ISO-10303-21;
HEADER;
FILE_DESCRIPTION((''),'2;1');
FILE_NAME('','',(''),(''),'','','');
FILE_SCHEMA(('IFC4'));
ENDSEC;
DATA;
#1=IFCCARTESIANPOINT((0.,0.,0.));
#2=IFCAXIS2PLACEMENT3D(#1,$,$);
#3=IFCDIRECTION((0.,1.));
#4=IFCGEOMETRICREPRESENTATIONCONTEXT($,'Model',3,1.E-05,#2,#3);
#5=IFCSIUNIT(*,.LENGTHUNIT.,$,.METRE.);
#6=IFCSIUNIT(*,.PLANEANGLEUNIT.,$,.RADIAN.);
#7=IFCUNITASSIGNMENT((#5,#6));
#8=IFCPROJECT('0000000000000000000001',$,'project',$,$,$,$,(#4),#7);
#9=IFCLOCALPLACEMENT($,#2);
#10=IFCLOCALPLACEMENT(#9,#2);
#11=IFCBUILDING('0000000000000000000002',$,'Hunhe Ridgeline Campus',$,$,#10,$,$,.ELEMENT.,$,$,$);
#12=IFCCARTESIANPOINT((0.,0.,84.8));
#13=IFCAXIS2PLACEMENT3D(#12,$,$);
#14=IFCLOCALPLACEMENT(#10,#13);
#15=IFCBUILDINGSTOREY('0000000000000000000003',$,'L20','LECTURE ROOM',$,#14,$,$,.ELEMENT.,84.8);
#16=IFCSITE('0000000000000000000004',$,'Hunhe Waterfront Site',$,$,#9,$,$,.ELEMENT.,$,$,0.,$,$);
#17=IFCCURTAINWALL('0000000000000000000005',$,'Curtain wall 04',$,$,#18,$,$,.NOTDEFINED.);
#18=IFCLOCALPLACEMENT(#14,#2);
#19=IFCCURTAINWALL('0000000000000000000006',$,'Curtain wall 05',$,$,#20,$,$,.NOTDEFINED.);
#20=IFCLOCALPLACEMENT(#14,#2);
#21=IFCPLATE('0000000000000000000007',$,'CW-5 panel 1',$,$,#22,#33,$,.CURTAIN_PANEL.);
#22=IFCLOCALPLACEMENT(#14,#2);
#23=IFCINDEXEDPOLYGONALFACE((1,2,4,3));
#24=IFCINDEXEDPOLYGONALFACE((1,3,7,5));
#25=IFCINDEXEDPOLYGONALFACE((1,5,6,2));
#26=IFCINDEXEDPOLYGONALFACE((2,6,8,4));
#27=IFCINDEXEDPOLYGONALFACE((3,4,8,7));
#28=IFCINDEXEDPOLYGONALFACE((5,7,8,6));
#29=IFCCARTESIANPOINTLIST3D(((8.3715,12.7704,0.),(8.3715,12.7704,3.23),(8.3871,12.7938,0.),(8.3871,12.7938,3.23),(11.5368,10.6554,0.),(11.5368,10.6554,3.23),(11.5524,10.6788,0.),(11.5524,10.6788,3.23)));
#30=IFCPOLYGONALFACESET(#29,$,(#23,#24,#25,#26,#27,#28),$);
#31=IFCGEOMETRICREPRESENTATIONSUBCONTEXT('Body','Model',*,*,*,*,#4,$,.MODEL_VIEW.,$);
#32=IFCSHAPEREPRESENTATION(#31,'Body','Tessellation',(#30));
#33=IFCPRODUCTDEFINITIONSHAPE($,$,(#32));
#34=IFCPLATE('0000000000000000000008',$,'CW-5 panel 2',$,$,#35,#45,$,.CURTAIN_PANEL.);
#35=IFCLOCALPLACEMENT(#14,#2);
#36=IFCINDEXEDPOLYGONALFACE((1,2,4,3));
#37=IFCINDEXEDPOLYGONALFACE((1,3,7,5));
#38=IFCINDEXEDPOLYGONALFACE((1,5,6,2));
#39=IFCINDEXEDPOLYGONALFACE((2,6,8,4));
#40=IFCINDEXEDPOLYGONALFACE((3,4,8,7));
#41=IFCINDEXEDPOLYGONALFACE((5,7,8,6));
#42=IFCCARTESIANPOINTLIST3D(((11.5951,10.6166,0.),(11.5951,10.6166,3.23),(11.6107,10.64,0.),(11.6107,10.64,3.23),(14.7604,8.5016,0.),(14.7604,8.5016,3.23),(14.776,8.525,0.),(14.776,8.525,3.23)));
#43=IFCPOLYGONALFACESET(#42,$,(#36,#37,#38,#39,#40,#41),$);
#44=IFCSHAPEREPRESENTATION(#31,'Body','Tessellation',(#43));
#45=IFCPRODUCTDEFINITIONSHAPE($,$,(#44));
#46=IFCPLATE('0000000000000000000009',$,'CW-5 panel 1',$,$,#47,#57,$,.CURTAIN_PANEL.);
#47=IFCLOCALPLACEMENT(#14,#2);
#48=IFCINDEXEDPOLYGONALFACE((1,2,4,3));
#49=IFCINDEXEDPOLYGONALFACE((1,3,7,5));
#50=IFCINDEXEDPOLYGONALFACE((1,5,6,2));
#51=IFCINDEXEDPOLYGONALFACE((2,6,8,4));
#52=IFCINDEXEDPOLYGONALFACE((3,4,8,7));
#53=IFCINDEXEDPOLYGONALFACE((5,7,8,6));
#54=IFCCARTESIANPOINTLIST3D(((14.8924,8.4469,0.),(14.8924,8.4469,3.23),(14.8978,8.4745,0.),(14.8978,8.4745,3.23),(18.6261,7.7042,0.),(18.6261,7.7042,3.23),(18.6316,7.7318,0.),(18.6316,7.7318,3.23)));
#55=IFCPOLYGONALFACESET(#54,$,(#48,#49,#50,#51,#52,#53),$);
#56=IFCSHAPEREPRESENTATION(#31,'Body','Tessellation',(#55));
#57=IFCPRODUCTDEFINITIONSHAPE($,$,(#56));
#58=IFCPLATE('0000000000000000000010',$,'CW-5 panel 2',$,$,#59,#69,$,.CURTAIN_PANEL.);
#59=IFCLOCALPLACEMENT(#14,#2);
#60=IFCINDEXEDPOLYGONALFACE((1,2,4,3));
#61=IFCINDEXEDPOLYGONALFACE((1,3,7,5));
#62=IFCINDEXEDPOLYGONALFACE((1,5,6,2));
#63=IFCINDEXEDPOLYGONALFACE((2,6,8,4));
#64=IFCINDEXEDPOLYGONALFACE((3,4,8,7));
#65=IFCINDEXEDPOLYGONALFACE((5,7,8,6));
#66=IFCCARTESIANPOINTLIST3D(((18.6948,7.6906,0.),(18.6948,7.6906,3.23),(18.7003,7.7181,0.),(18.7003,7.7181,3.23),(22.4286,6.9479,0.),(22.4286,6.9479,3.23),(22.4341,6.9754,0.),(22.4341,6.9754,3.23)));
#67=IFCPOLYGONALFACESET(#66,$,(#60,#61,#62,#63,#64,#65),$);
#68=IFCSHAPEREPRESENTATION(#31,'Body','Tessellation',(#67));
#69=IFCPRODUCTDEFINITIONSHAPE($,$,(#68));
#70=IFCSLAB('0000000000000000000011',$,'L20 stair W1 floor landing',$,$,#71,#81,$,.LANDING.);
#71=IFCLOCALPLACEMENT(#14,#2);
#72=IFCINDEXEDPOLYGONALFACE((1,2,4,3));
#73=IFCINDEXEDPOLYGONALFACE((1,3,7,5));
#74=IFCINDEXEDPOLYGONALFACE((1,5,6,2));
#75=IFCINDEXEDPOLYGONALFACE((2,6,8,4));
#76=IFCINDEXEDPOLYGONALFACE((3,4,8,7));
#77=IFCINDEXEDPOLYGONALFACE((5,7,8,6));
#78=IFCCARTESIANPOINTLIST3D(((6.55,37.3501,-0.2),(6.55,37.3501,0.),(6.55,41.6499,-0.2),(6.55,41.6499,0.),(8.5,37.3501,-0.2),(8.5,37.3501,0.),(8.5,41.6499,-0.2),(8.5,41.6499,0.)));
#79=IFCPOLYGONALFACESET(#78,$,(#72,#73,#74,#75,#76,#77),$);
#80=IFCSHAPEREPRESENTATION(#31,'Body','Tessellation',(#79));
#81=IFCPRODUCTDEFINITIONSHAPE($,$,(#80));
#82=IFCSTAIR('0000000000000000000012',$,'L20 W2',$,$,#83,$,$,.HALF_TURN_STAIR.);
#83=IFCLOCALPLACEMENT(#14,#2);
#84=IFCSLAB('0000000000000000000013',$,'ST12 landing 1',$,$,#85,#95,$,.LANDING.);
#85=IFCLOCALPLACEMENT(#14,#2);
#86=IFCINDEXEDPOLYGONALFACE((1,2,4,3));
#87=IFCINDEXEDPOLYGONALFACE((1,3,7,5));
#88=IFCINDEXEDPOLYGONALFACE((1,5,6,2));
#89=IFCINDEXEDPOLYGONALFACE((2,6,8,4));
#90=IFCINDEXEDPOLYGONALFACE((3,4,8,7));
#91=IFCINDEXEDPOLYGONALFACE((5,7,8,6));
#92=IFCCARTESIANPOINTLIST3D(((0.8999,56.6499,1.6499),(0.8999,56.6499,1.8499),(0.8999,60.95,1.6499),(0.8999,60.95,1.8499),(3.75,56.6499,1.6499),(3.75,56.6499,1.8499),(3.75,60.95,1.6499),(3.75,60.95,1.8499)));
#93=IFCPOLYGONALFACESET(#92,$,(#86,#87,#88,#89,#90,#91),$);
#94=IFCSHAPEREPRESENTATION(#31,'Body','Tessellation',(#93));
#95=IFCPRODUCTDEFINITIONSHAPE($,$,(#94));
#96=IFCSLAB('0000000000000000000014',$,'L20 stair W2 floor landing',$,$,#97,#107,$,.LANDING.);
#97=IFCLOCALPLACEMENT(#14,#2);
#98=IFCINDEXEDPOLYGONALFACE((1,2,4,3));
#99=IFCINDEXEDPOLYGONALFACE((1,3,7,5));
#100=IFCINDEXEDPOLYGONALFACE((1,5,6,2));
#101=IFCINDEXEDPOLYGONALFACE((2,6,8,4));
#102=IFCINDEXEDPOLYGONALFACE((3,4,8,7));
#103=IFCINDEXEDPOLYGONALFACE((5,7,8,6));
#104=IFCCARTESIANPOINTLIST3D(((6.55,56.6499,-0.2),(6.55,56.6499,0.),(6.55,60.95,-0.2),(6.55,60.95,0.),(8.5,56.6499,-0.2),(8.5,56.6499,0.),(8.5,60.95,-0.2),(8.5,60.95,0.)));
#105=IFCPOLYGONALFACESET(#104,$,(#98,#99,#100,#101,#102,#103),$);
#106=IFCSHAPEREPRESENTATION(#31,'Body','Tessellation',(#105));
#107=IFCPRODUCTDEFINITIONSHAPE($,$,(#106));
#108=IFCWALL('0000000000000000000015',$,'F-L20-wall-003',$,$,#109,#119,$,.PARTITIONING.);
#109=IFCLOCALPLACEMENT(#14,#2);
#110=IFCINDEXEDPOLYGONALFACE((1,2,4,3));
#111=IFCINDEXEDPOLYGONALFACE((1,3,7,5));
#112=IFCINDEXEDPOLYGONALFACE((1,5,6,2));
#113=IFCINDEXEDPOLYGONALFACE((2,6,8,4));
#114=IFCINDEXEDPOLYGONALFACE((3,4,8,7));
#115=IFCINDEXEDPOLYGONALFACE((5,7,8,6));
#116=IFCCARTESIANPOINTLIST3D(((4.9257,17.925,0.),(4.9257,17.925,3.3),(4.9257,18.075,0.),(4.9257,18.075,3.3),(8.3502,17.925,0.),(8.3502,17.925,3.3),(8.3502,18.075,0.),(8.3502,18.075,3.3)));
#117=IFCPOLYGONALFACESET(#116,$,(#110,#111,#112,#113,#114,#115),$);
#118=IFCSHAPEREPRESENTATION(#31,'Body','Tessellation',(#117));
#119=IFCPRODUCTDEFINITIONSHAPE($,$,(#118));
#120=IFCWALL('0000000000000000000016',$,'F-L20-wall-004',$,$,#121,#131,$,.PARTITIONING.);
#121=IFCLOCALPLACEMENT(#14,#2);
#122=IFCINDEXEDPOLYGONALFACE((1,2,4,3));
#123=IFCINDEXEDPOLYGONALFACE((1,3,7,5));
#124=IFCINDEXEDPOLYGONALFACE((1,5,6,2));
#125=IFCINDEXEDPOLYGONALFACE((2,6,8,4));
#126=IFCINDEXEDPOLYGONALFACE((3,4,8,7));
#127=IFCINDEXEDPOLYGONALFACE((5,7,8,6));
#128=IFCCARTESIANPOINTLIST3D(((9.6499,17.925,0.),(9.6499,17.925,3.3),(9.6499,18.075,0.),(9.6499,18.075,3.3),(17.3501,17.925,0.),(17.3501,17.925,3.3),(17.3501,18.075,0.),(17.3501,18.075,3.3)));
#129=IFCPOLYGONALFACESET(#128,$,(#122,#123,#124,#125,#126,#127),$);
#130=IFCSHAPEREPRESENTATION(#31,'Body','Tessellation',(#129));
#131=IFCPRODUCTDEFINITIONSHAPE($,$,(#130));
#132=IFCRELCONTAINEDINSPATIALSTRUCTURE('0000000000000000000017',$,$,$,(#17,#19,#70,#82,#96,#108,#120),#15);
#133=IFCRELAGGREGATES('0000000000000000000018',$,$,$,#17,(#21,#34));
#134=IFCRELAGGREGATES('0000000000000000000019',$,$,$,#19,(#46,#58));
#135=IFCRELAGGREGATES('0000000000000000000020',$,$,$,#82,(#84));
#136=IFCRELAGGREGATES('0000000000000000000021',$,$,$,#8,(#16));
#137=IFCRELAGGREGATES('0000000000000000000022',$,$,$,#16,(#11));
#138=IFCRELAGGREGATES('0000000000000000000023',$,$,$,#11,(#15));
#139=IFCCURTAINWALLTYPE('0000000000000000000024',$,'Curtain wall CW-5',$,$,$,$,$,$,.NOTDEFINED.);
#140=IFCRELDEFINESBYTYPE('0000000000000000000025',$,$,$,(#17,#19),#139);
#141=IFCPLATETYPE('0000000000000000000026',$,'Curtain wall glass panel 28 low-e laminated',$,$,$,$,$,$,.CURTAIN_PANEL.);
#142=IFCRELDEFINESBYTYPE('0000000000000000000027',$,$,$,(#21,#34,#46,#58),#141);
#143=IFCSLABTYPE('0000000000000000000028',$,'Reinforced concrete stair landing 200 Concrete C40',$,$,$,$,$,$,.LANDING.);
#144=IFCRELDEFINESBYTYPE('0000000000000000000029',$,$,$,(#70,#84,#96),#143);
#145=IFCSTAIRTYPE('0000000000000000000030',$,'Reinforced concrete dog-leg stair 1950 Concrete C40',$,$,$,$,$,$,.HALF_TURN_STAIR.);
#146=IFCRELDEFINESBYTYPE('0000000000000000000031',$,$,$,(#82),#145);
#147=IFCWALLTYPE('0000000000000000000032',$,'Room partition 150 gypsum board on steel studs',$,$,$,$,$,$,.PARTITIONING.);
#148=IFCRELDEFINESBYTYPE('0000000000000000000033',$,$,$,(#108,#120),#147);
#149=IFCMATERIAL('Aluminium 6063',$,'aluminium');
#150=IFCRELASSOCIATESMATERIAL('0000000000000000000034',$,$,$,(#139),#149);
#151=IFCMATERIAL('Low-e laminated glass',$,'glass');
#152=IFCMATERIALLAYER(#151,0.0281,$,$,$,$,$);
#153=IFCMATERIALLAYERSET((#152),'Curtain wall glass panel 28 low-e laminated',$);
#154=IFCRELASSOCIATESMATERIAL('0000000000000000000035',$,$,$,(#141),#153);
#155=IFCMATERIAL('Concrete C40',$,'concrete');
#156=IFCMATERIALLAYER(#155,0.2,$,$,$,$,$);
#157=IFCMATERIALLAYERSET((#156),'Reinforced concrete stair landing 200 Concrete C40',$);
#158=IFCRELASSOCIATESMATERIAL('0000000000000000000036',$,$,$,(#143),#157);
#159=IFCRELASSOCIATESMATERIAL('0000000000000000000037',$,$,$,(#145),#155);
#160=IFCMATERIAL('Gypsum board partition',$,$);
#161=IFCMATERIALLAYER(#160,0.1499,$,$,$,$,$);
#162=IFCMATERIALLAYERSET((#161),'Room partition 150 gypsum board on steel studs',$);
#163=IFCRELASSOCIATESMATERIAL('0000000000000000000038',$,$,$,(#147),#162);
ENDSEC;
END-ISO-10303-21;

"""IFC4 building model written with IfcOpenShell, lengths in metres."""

from ifc_helpers import new_model, si_unit, direction, frame, frame_2d, origin, origin_2d, place, context, subcontext, project, spatial, polyline, rectangle, outline, extrude, material, layer, layer_set, type_object, element, aggregate, save


model = new_model("IFC4")

# Units and contexts
model_context = context("Model", 3, precision=1e-05, world=origin(), true_north=direction((0.0, 1.0)))
body_context = subcontext(model_context, "Body", "Model", "MODEL_VIEW")
ifc_project = project(units=[si_unit("LENGTHUNIT", "METRE"), si_unit("PLANEANGLEUNIT", "RADIAN")], contexts=[model_context])

# Site, building, storey
site_placement = place(None, origin())
site = spatial("IfcSite", under=ifc_project, at=site_placement, Name="Hunhe Waterfront Site", CompositionType="ELEMENT", RefElevation=0.0)
building_placement = place(site_placement, origin())
building = spatial("IfcBuilding", under=site, at=building_placement, Name="Hunhe Ridgeline Campus", CompositionType="ELEMENT")
storey_placement = place(building_placement, frame((0.0, 0.0, 84.8)))
storey = spatial("IfcBuildingStorey", under=building, at=storey_placement, Name="L20", Description="LECTURE ROOM", CompositionType="ELEMENT", Elevation=84.8)

# Curtain walls
ifc_material_1 = material(Name="Aluminium 6063", Category="aluminium")
curtain_wall_type = type_object("IfcCurtainWallType", Name="Curtain wall CW-5", PredefinedType="NOTDEFINED", material=ifc_material_1)
curtain_wall_1_placement = place(storey_placement, origin())
curtain_wall_1 = element("IfcCurtainWall", 1, at=curtain_wall_1_placement, inside=storey, type_object=curtain_wall_type, Name="Curtain wall 04", PredefinedType="NOTDEFINED")
curtain_wall_2_placement = place(storey_placement, origin())
curtain_wall_2 = element("IfcCurtainWall", 2, at=curtain_wall_2_placement, inside=storey, type_object=curtain_wall_type, Name="Curtain wall 05", PredefinedType="NOTDEFINED")

# Plates
ifc_material_2 = material(Name="Low-e laminated glass", Category="glass")
ifc_layer_1 = layer(ifc_material_2, 0.0281)
ifc_layer_set_1 = layer_set([ifc_layer_1], Name="Curtain wall glass panel 28 low-e laminated")
plate_type = type_object("IfcPlateType", Name="Curtain wall glass panel 28 low-e laminated", PredefinedType="CURTAIN_PANEL", material=ifc_layer_set_1)
plate_1_placement = place(storey_placement, frame((9.9619, 11.7246, 0.0), z_axis=(0.0, 0.0, 1.0), x_axis=(0.83147, -0.55557, 0.0)))
plate_1 = element("IfcPlate", 3, at=plate_1_placement, type_object=plate_type, Name="CW-5 panel 1", PredefinedType="CURTAIN_PANEL", context=body_context, shape_type="SweptSolid", body=[
    extrude(rectangle(XDim=3.8069, YDim=0.0281, at=origin_2d()), origin(), (0.0, 0.0, 1.0), 3.23),
])
plate_2_placement = place(storey_placement, frame((13.1855, 9.5708, 0.0), z_axis=(0.0, 0.0, 1.0), x_axis=(0.83147, -0.55557, 0.0)))
plate_2 = element("IfcPlate", 4, at=plate_2_placement, type_object=plate_type, Name="CW-5 panel 2", PredefinedType="CURTAIN_PANEL", context=body_context, shape_type="SweptSolid", body=[
    extrude(rectangle(XDim=3.8069, YDim=0.0281, at=origin_2d()), origin(), (0.0, 0.0, 1.0), 3.23),
])
aggregate(curtain_wall_1, [plate_1, plate_2])
plate_3_placement = place(storey_placement, frame((16.762, 8.0894, 0.0), z_axis=(0.0, 0.0, 1.0), x_axis=(0.980785, -0.19509, 0.0)))
plate_3 = element("IfcPlate", 5, at=plate_3_placement, type_object=plate_type, Name="CW-5 panel 1", PredefinedType="CURTAIN_PANEL", context=body_context, shape_type="SweptSolid", body=[
    extrude(rectangle(XDim=3.8069, YDim=0.0281, at=origin_2d()), origin(), (0.0, 0.0, 1.0), 3.23),
])
plate_4_placement = place(storey_placement, frame((20.5645, 7.333, 0.0), z_axis=(0.0, 0.0, 1.0), x_axis=(0.980785, -0.19509, 0.0)))
plate_4 = element("IfcPlate", 6, at=plate_4_placement, type_object=plate_type, Name="CW-5 panel 2", PredefinedType="CURTAIN_PANEL", context=body_context, shape_type="SweptSolid", body=[
    extrude(rectangle(XDim=3.8069, YDim=0.0281, at=origin_2d()), origin(), (0.0, 0.0, 1.0), 3.23),
])
aggregate(curtain_wall_2, [plate_3, plate_4])

# Slab
ifc_material_3 = material(Name="Concrete C40", Category="concrete")
ifc_layer_2 = layer(ifc_material_3, 0.2)
ifc_layer_set_2 = layer_set([ifc_layer_2], Name="Reinforced concrete stair landing 200 Concrete C40")
slab_type = type_object("IfcSlabType", Name="Reinforced concrete stair landing 200 Concrete C40", PredefinedType="LANDING", material=ifc_layer_set_2)
slab_1_placement = place(storey_placement, frame((0.0, 0.0, -0.2)))
element("IfcSlab", 7, at=slab_1_placement, inside=storey, type_object=slab_type, Name="L20 stair W1 floor landing", PredefinedType="LANDING", context=body_context, shape_type="SweptSolid", body=[
    extrude(outline(polyline([(8.5, 41.6499), (6.55, 41.6499), (6.55, 37.3501), (8.5, 37.3501), (8.5, 41.6499)])), origin(), (0.0, 0.0, 1.0), 0.2),
])

# Stair, slab
stair_type = type_object("IfcStairType", Name="Reinforced concrete dog-leg stair 1950 Concrete C40", PredefinedType="HALF_TURN_STAIR", material=ifc_material_3)
stair_placement = place(storey_placement, origin())
stair = element("IfcStair", 8, at=stair_placement, inside=storey, type_object=stair_type, Name="L20 W2", PredefinedType="HALF_TURN_STAIR")
slab_2_placement = place(storey_placement, frame((0.0, 0.0, 1.6499)))
slab_2 = element("IfcSlab", 9, at=slab_2_placement, type_object=slab_type, Name="ST12 landing 1", PredefinedType="LANDING", context=body_context, shape_type="SweptSolid", body=[
    extrude(outline(polyline([(3.75, 60.95), (0.8999, 60.95), (0.8999, 56.6499), (3.75, 56.6499), (3.75, 60.95)])), origin(), (0.0, 0.0, 1.0), 0.2),
])
aggregate(stair, [slab_2])

# Slab
slab_3_placement = place(storey_placement, frame((0.0, 0.0, -0.2)))
element("IfcSlab", 10, at=slab_3_placement, inside=storey, type_object=slab_type, Name="L20 stair W2 floor landing", PredefinedType="LANDING", context=body_context, shape_type="SweptSolid", body=[
    extrude(outline(polyline([(8.5, 60.95), (6.55, 60.95), (6.55, 56.6499), (8.5, 56.6499), (8.5, 60.95)])), origin(), (0.0, 0.0, 1.0), 0.2),
])

# Shared definitions
ifc_material_4 = material(Name="Gypsum board partition")

# Walls
ifc_layer_3 = layer(ifc_material_4, 0.1499)
ifc_layer_set_3 = layer_set([ifc_layer_3], Name="Room partition 150 gypsum board on steel studs")
wall_type_1 = type_object("IfcWallType", Name="Room partition 150 gypsum board on steel studs", PredefinedType="PARTITIONING", material=ifc_layer_set_3)
wall_1_placement = place(storey_placement, frame((4.9255, 18.0, 0.0), z_axis=(0.0, 0.0, 1.0), x_axis=(1.0, 0.0, 0.0)))
element("IfcWall", 11, at=wall_1_placement, inside=storey, type_object=wall_type_1, Name="F-L20-wall-003", PredefinedType="PARTITIONING", context=body_context, shape_type="SweptSolid", body=[
    extrude(rectangle(XDim=3.4246, YDim=0.1499, at=frame_2d((1.7124, 0.0))), origin(), (0.0, 0.0, 1.0), 3.3),
])
wall_2_placement = place(storey_placement, frame((9.6499, 18.0, 0.0), z_axis=(0.0, 0.0, 1.0), x_axis=(1.0, 0.0, 0.0)))
element("IfcWall", 12, at=wall_2_placement, inside=storey, type_object=wall_type_1, Name="F-L20-wall-004", PredefinedType="PARTITIONING", context=body_context, shape_type="SweptSolid", body=[
    extrude(rectangle(XDim=7.7002, YDim=0.1499, at=frame_2d((3.8501, 0.0))), origin(), (0.0, 0.0, 1.0), 3.3),
])

save(model, "model.ifc")
